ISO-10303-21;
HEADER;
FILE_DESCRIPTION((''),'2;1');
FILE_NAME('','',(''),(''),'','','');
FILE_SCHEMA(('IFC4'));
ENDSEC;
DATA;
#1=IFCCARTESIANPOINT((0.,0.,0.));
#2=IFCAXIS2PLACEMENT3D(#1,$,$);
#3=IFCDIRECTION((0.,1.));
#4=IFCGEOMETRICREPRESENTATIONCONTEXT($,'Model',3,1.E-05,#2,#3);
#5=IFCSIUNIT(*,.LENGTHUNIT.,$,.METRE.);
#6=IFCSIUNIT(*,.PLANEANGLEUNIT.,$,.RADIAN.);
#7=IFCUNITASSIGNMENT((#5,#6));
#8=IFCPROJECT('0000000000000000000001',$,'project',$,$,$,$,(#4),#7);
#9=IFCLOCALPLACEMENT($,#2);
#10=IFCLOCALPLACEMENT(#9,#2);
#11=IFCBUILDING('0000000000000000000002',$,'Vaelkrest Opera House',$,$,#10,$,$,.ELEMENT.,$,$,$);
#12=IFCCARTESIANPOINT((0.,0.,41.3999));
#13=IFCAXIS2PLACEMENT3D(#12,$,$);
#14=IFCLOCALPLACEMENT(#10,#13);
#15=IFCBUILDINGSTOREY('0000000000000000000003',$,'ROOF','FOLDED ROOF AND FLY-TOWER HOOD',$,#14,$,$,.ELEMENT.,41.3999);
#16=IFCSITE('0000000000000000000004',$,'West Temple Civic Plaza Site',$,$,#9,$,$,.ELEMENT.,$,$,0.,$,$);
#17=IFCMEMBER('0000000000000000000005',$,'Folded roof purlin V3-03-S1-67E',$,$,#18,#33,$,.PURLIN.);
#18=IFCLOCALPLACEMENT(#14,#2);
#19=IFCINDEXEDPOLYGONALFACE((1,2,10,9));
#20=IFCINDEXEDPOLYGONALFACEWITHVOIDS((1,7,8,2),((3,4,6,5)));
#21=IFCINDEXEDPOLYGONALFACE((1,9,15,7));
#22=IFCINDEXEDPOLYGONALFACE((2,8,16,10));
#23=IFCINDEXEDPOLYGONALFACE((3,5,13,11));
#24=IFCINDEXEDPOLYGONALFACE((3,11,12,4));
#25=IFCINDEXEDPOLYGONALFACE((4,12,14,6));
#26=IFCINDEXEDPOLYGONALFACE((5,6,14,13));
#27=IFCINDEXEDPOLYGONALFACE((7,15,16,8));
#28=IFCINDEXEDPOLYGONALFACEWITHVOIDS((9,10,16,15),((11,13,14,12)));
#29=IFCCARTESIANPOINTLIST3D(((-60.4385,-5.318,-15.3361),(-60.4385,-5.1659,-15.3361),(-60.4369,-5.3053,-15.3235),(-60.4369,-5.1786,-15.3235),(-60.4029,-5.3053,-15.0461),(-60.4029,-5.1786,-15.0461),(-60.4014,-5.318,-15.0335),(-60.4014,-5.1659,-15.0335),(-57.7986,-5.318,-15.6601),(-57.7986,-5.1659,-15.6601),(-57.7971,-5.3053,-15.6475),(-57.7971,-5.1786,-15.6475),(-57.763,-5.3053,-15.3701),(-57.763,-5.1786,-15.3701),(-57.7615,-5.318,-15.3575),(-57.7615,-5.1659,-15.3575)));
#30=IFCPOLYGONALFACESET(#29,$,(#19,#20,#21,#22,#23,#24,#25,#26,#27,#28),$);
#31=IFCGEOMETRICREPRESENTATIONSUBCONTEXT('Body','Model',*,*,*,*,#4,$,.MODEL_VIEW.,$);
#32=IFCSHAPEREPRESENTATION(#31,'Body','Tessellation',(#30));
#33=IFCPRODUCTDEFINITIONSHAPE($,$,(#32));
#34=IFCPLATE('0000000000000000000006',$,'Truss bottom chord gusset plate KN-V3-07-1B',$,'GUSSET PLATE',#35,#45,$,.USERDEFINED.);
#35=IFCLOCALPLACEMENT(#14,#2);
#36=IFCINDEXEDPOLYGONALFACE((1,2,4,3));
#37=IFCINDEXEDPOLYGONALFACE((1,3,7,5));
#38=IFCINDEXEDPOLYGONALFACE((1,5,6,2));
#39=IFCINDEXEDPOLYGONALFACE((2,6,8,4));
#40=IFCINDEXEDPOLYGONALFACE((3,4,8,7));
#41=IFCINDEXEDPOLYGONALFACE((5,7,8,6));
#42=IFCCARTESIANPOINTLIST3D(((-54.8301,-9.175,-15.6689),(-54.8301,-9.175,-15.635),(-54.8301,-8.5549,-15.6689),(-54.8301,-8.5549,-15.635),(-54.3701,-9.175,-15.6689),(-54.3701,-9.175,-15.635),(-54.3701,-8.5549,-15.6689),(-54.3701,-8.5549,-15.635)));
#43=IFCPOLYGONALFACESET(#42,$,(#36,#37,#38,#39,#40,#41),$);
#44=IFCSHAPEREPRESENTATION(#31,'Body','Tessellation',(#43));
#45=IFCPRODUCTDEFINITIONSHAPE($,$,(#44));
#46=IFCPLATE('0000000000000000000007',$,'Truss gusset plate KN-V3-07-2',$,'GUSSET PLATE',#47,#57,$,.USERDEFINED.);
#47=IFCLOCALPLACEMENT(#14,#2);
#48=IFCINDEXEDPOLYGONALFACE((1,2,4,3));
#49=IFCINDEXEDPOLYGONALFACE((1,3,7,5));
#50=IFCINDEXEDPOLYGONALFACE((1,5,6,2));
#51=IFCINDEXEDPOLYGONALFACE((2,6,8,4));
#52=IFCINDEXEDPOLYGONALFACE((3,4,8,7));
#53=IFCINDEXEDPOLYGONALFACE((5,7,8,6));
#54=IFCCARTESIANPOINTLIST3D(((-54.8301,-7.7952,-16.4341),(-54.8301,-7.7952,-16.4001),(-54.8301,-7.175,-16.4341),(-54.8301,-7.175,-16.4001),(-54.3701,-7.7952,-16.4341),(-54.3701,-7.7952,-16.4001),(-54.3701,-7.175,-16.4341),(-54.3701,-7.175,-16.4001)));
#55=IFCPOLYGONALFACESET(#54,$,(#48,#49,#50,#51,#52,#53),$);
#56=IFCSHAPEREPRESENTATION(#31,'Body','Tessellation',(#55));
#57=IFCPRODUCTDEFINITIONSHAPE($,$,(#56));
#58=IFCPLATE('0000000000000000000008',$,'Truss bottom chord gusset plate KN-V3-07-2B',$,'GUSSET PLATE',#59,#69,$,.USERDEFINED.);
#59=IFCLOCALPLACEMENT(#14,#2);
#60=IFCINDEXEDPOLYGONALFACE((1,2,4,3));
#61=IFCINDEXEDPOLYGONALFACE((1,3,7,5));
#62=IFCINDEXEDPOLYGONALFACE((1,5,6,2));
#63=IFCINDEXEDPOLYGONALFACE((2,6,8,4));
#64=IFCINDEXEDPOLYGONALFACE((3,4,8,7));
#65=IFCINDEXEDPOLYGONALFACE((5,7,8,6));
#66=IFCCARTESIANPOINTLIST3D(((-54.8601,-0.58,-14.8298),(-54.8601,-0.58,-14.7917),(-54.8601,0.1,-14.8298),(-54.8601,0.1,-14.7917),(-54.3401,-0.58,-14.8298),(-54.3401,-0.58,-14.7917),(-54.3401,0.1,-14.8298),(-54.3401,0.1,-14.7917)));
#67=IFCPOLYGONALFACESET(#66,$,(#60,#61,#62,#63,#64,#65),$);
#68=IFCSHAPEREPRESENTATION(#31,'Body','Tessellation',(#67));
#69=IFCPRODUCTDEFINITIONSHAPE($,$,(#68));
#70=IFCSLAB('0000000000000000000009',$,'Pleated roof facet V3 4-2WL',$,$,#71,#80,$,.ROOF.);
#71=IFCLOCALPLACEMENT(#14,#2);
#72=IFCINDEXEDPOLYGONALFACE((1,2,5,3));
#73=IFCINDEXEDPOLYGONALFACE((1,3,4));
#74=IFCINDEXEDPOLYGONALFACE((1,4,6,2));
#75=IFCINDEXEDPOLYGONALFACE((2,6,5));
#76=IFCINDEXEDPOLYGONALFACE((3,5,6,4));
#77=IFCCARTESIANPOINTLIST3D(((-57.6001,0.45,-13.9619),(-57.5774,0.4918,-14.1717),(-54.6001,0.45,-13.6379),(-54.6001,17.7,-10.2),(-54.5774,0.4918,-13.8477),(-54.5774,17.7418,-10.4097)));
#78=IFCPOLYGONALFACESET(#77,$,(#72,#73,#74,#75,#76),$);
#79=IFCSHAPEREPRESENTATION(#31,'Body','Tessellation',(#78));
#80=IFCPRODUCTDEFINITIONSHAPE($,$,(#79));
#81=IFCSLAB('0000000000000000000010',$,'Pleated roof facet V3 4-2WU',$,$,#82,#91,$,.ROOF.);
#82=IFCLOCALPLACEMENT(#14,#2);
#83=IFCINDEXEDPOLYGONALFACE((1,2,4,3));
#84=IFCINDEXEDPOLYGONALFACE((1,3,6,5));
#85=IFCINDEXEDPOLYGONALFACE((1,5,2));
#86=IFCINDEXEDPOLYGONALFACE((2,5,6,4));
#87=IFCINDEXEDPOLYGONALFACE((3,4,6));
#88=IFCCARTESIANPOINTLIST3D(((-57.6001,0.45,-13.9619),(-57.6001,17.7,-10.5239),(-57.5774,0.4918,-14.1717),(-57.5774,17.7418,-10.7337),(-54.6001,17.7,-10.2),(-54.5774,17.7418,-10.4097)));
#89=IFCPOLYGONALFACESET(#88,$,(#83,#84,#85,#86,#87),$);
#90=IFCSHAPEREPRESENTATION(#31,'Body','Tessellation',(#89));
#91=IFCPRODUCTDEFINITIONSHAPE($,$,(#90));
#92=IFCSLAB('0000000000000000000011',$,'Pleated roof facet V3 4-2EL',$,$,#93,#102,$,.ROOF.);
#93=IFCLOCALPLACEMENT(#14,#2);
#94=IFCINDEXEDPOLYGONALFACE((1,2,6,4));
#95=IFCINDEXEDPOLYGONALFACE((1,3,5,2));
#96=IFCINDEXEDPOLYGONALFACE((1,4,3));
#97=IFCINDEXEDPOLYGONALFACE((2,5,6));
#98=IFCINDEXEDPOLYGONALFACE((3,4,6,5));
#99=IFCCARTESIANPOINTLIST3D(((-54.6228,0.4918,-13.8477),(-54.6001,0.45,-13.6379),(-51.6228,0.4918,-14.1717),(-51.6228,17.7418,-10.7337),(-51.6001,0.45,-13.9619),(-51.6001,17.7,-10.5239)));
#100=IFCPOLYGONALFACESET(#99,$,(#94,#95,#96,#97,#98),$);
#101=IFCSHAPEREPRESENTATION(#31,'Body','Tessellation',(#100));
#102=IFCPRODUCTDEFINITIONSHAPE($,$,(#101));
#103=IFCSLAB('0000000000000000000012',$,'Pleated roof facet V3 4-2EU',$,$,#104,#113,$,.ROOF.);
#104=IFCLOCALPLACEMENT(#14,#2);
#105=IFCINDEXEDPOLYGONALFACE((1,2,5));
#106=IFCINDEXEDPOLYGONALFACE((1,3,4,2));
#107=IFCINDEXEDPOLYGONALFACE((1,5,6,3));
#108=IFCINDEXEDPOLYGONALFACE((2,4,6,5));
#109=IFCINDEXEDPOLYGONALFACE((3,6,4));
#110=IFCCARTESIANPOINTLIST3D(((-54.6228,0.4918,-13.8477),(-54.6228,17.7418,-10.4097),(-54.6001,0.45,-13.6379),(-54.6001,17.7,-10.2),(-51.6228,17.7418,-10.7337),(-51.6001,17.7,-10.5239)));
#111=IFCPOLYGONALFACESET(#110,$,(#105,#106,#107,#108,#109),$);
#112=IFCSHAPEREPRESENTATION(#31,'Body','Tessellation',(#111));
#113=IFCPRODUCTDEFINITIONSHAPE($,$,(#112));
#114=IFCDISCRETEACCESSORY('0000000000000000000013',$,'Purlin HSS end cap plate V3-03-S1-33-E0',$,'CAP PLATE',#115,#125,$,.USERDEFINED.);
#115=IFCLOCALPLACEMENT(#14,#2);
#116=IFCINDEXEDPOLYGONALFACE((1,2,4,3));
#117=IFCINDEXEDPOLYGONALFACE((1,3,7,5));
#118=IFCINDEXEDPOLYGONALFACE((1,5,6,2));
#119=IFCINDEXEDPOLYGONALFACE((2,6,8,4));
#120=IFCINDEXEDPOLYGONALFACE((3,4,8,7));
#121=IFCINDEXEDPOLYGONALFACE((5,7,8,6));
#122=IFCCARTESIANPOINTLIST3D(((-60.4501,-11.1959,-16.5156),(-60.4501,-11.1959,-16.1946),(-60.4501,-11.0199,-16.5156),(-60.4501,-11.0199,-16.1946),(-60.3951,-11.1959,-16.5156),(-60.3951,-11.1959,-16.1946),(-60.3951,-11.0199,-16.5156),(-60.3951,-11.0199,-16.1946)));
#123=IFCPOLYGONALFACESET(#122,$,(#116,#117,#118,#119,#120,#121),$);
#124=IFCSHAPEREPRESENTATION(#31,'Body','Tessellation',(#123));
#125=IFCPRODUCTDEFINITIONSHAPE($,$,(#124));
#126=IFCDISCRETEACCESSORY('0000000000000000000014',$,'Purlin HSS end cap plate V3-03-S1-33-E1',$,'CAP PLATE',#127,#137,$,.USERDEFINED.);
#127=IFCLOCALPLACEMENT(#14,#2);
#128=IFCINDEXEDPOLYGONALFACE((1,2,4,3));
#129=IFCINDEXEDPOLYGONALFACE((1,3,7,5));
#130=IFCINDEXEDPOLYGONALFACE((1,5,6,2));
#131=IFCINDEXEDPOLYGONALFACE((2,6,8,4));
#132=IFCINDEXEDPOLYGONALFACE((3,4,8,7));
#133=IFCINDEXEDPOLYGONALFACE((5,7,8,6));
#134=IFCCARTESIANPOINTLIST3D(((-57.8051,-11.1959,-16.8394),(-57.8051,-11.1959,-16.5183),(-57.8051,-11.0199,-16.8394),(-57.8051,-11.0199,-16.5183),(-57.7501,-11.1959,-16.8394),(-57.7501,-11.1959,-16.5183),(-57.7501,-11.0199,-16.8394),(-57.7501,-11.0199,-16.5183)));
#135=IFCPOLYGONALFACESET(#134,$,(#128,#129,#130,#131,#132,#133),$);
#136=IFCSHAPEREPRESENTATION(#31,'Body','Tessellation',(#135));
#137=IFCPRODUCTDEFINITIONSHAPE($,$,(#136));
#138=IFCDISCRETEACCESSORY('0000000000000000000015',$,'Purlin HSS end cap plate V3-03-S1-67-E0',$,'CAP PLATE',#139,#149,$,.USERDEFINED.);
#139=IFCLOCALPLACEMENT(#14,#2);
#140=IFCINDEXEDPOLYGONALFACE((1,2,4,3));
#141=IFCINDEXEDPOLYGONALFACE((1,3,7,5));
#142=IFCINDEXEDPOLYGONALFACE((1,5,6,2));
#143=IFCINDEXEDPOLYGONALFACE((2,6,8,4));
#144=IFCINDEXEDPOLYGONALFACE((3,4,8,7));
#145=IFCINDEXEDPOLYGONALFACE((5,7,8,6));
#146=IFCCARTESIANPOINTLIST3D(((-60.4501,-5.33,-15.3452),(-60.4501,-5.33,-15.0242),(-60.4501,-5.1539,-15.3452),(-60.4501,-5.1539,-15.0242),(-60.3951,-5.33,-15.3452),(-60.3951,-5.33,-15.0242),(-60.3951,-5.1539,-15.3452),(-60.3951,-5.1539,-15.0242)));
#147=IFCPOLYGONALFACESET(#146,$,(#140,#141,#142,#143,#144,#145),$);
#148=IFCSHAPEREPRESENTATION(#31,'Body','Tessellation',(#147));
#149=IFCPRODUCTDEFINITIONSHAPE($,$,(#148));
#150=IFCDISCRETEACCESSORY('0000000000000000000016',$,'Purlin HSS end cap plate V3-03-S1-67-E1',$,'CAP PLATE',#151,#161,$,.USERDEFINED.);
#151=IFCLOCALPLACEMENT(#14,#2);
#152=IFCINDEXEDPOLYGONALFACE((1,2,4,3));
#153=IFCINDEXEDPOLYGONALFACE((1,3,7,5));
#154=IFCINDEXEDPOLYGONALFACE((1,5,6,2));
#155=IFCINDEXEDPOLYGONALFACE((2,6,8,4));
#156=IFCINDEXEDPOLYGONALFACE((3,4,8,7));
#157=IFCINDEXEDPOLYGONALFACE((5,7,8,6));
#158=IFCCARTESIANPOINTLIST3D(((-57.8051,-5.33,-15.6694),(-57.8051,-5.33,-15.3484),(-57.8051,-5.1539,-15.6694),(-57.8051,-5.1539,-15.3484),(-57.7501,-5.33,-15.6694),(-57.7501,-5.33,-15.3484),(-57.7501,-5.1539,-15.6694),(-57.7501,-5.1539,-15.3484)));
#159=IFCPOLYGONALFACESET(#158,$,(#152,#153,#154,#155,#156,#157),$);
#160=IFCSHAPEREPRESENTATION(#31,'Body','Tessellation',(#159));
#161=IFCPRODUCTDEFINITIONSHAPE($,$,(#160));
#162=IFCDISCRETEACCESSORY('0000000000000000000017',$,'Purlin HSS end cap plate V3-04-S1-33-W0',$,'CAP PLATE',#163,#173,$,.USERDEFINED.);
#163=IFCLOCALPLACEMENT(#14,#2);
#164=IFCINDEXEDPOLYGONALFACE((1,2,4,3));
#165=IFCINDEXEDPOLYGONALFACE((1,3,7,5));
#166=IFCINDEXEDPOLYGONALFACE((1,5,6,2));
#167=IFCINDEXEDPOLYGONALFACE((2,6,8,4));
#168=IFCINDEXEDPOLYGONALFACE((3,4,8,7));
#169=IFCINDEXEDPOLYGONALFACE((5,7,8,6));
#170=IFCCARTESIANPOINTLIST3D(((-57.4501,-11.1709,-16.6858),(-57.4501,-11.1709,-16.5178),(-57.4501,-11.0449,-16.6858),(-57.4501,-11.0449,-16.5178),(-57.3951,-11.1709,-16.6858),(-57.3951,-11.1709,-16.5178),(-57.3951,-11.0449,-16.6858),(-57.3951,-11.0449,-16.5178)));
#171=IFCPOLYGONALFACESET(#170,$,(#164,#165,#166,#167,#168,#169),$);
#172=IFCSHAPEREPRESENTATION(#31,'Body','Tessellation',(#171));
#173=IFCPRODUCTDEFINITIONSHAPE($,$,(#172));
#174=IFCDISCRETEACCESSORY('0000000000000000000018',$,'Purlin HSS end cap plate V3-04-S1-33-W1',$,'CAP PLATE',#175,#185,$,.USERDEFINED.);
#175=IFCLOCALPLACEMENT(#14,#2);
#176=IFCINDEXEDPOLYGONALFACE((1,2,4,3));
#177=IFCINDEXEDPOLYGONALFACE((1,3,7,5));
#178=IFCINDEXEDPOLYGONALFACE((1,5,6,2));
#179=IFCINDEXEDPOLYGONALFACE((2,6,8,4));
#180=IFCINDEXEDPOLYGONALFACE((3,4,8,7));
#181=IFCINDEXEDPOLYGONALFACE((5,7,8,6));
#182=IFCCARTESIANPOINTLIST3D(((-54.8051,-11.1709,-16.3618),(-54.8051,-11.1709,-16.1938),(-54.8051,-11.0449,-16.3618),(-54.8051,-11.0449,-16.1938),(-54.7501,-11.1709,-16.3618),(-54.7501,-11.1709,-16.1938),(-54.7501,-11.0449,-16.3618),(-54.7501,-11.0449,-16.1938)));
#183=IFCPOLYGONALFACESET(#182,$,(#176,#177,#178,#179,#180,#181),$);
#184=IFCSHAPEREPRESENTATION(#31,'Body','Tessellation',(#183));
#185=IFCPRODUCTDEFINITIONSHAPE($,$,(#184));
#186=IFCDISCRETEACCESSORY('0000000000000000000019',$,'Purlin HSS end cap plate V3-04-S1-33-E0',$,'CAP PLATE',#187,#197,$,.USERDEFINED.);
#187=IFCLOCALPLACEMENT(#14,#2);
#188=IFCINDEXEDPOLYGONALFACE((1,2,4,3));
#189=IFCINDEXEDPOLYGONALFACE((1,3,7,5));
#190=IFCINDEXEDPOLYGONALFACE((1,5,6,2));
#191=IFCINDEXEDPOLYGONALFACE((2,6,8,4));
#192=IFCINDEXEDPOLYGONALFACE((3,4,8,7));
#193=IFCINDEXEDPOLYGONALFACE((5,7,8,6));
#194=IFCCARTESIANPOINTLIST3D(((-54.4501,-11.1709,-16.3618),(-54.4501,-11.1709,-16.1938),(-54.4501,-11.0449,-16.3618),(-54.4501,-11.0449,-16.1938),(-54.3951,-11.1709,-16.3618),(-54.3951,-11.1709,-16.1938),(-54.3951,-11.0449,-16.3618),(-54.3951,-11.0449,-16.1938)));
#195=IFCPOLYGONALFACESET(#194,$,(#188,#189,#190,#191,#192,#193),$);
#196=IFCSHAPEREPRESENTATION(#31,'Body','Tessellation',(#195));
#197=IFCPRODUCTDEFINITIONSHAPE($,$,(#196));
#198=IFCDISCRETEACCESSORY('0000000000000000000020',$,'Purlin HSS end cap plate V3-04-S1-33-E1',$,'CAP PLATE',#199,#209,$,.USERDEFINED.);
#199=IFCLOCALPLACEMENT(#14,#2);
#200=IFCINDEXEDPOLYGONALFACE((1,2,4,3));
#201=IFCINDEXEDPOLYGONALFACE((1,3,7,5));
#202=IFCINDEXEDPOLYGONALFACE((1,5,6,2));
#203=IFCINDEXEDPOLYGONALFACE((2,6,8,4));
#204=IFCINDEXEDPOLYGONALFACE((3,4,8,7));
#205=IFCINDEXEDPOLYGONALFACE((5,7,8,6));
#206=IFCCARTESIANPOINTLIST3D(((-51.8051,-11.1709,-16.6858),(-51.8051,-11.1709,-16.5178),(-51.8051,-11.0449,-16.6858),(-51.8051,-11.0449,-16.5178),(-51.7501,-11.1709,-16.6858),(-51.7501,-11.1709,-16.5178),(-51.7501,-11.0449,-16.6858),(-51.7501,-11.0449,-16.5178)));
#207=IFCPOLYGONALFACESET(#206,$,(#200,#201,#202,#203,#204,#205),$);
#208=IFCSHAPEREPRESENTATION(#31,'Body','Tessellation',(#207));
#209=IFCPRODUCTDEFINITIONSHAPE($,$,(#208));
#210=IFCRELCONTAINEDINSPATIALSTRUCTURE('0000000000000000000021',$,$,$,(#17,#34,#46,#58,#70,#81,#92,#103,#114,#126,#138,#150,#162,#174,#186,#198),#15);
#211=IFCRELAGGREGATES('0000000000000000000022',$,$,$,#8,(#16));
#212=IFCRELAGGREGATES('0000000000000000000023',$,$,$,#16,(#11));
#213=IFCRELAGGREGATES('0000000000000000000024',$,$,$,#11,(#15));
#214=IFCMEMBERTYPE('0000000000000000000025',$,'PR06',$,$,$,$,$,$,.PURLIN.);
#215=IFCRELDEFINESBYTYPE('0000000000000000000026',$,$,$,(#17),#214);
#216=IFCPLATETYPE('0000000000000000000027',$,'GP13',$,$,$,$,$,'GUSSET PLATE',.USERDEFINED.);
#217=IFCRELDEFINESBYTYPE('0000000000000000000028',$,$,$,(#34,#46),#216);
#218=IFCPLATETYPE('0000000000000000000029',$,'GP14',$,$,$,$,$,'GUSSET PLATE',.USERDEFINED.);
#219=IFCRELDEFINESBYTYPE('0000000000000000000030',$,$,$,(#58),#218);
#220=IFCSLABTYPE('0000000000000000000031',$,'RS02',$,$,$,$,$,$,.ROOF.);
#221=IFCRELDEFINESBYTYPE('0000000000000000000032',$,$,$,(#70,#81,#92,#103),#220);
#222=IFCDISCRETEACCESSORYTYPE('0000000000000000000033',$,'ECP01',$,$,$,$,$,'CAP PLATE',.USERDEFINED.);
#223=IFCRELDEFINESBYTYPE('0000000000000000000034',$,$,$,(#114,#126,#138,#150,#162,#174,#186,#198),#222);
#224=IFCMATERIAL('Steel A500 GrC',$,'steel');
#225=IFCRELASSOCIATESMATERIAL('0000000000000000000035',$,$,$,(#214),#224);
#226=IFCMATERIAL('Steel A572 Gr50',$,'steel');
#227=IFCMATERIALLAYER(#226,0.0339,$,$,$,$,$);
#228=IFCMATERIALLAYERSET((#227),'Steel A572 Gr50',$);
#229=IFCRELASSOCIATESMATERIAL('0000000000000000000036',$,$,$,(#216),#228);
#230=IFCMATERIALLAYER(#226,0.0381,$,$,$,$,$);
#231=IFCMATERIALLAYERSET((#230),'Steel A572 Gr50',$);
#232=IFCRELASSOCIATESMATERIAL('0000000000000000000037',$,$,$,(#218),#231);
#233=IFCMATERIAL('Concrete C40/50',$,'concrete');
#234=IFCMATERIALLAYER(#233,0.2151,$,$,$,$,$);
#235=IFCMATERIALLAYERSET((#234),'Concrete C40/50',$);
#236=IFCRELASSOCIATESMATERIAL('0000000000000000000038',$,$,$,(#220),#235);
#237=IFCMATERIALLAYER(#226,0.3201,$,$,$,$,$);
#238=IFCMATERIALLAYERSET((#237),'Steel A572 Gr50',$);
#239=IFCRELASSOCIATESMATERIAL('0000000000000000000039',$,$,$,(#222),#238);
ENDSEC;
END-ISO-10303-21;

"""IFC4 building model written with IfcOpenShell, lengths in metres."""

from ifc_helpers import new_model, si_unit, direction, frame, origin, origin_2d, place, context, subcontext, project, spatial, polyline, rectangle, hollow_rectangle, outline, extrude, material, layer, layer_set, material_profile, profile_set, type_object, element, save


model = new_model("IFC4")

# Units and contexts
model_context = context("Model", 3, precision=1e-05, world=origin(), true_north=direction((0.0, 1.0)))
body_context = subcontext(model_context, "Body", "Model", "MODEL_VIEW")
ifc_project = project(units=[si_unit("LENGTHUNIT", "METRE"), si_unit("PLANEANGLEUNIT", "RADIAN")], contexts=[model_context])

# Site, building, storey
site_placement = place(None, origin())
site = spatial("IfcSite", under=ifc_project, at=site_placement, Name="West Temple Civic Plaza Site", CompositionType="ELEMENT", RefElevation=0.0)
building_placement = place(site_placement, origin())
building = spatial("IfcBuilding", under=site, at=building_placement, Name="Vaelkrest Opera House", CompositionType="ELEMENT")
storey_placement = place(building_placement, frame((0.0, 0.0, 41.3999)))
storey = spatial("IfcBuildingStorey", under=building, at=storey_placement, Name="ROOF", Description="FOLDED ROOF AND FLY-TOWER HOOD", CompositionType="ELEMENT", Elevation=41.3999)

# Member
ifc_material_1 = material(Name="Steel A500 GrC", Category="steel")
ifc_material_profile_1 = material_profile(ifc_material_1, hollow_rectangle(XDim=0.1521, YDim=0.3049, WallThickness=0.0127, at=origin_2d()), Name="HSS305X152X12.7")
ifc_profile_set_1 = profile_set([ifc_material_profile_1], Name="Steel A500 GrC")
member_type_1 = type_object("IfcMemberType", Name="PR06", PredefinedType="PURLIN", material=ifc_profile_set_1)
for number, where, z_axis, x_axis, name in (
    (1, (-60.4199, -5.2419, -15.1848), (0.992554, 0.0, -0.121809), (0.0, 1.0, 0.0), "Folded roof purlin V3-03-S1-67E"),
):
    element("IfcMember", number, at=place(storey_placement, frame(where, z_axis=z_axis, x_axis=x_axis)), inside=storey, type_object=member_type_1, Name=name, PredefinedType="PURLIN", context=body_context, shape_type="SweptSolid", body=[
        extrude(hollow_rectangle(XDim=0.1521, YDim=0.3049, WallThickness=0.0127, at=origin_2d()), origin(), (0.0, 0.0, 1.0), 2.6597),
    ])

# Plates
ifc_material_2 = material(Name="Steel A572 Gr50", Category="steel")
ifc_layer_1 = layer(ifc_material_2, 0.0339)
ifc_layer_set_1 = layer_set([ifc_layer_1], Name="Steel A572 Gr50")
plate_type_1 = type_object("IfcPlateType", Name="GP13", ElementType="GUSSET PLATE", PredefinedType="USERDEFINED", material=ifc_layer_set_1)
for number, where, z_axis, x_axis, name in (
    (2, (-54.6001, -8.865, -15.6689), (0.0, 0.0, 1.0), (0.0, 1.0, 0.0), "Truss bottom chord gusset plate KN-V3-07-1B"),
    (3, (-54.6001, -7.4851, -16.4341), (0.0, 0.0, 1.0), (0.0, 1.0, 0.0), "Truss gusset plate KN-V3-07-2"),
):
    element("IfcPlate", number, at=place(storey_placement, frame(where, z_axis=z_axis, x_axis=x_axis)), inside=storey, type_object=plate_type_1, Name=name, ObjectType="GUSSET PLATE", PredefinedType="USERDEFINED", context=body_context, shape_type="SweptSolid", body=[
        extrude(rectangle(XDim=0.6201, YDim=0.46, at=origin_2d()), origin(), (0.0, 0.0, 1.0), 0.0339),
    ])
ifc_layer_2 = layer(ifc_material_2, 0.0381)
ifc_layer_set_2 = layer_set([ifc_layer_2], Name="Steel A572 Gr50")
plate_type_2 = type_object("IfcPlateType", Name="GP14", ElementType="GUSSET PLATE", PredefinedType="USERDEFINED", material=ifc_layer_set_2)
plate_placement = place(storey_placement, frame((-54.6001, -0.24, -14.8298), z_axis=(0.0, 0.0, 1.0), x_axis=(0.0, 1.0, 0.0)))
element("IfcPlate", 4, at=plate_placement, inside=storey, type_object=plate_type_2, Name="Truss bottom chord gusset plate KN-V3-07-2B", ObjectType="GUSSET PLATE", PredefinedType="USERDEFINED", context=body_context, shape_type="SweptSolid", body=[
    extrude(rectangle(XDim=0.6799, YDim=0.52, at=origin_2d()), origin(), (0.0, 0.0, 1.0), 0.0381),
])

# Slabs
ifc_material_3 = material(Name="Concrete C40/50", Category="concrete")
ifc_layer_3 = layer(ifc_material_3, 0.2151)
ifc_layer_set_3 = layer_set([ifc_layer_3], Name="Concrete C40/50")
slab_type = type_object("IfcSlabType", Name="RS02", PredefinedType="ROOF", material=ifc_layer_set_3)
slab_1_placement = place(storey_placement, frame((-57.6001, 0.45, -13.9619), z_axis=(-0.10532, -0.194372, 0.975257), x_axis=(0.994219, 0.0, 0.107367)))
element("IfcSlab", 5, at=slab_1_placement, inside=storey, type_object=slab_type, Name="Pleated roof facet V3 4-2WL", PredefinedType="ROOF", context=body_context, shape_type="SweptSolid", body=[
    extrude(outline(polyline([(0.0, 0.0), (3.0174, 0.0), (3.3866, 17.5854), (0.0, 0.0)])), origin(), (0.0, 0.0, -1.0), 0.2151),
])
slab_2_placement = place(storey_placement, frame((-57.6001, 0.45, -13.9619), z_axis=(-0.10532, -0.194372, 0.975257), x_axis=(0.167518, 0.963229, 0.210066)))
element("IfcSlab", 6, at=slab_2_placement, inside=storey, type_object=slab_type, Name="Pleated roof facet V3 4-2WU", PredefinedType="ROOF", context=body_context, shape_type="SweptSolid", body=[
    extrude(outline(polyline([(0.0, 0.0), (17.9085, 0.0), (17.3379, 2.963), (0.0, 0.0)])), origin(), (0.0, 0.0, -1.0), 0.2151),
])
slab_3_placement = place(storey_placement, frame((-54.6001, 0.45, -13.6379), z_axis=(0.10532, -0.194372, 0.975257), x_axis=(0.994219, 0.0, -0.107367)))
element("IfcSlab", 7, at=slab_3_placement, inside=storey, type_object=slab_type, Name="Pleated roof facet V3 4-2EL", PredefinedType="ROOF", context=body_context, shape_type="SweptSolid", body=[
    extrude(outline(polyline([(0.0, 0.0), (3.0174, 0.0), (2.6483, 17.5854), (0.0, 0.0)])), origin(), (0.0, 0.0, -1.0), 0.2151),
])
slab_4_placement = place(storey_placement, frame((-54.6001, 0.45, -13.6379), z_axis=(0.10532, -0.194372, 0.975257), x_axis=(0.168694, 0.96999, 0.175105)))
element("IfcSlab", 8, at=slab_4_placement, inside=storey, type_object=slab_type, Name="Pleated roof facet V3 4-2EU", PredefinedType="ROOF", context=body_context, shape_type="SweptSolid", body=[
    extrude(outline(polyline([(0.0, 0.0), (17.7837, 0.0), (17.3343, 2.9838), (0.0, 0.0)])), origin(), (0.0, 0.0, -1.0), 0.2151),
])

# Discrete accessories
ifc_layer_4 = layer(ifc_material_2, 0.3201)
ifc_layer_set_4 = layer_set([ifc_layer_4], Name="Steel A572 Gr50")
discrete_accessory_type = type_object("IfcDiscreteAccessoryType", Name="ECP01", ElementType="CAP PLATE", PredefinedType="USERDEFINED", material=ifc_layer_set_4)
for number, where, z_axis, x_axis, name in (
    (9, (-60.4226, -11.1079, -16.5156), (0.0, 0.0, 1.0), (1.0, 0.0, 0.0), "Purlin HSS end cap plate V3-03-S1-33-E0"),
    (10, (-57.7776, -11.1079, -16.8394), (0.0, 0.0, 1.0), (1.0, 0.0, 0.0), "Purlin HSS end cap plate V3-03-S1-33-E1"),
    (11, (-60.4226, -5.2419, -15.3452), (0.0, 0.0, 1.0), (1.0, 0.0, 0.0), "Purlin HSS end cap plate V3-03-S1-67-E0"),
    (12, (-57.7776, -5.2419, -15.6694), (0.0, 0.0, 1.0), (1.0, 0.0, 0.0), "Purlin HSS end cap plate V3-03-S1-67-E1"),
):
    element("IfcDiscreteAccessory", number, at=place(storey_placement, frame(where, z_axis=z_axis, x_axis=x_axis)), inside=storey, type_object=discrete_accessory_type, Name=name, ObjectType="CAP PLATE", PredefinedType="USERDEFINED", context=body_context, shape_type="SweptSolid", body=[
        extrude(rectangle(XDim=0.0549, YDim=0.176, at=origin_2d()), origin(), (0.0, 0.0, 1.0), 0.321),
    ])
for number, where, z_axis, x_axis, name in (
    (13, (-57.4226, -11.1079, -16.6858), (0.0, 0.0, 1.0), (1.0, 0.0, 0.0), "Purlin HSS end cap plate V3-04-S1-33-W0"),
    (14, (-54.7776, -11.1079, -16.3618), (0.0, 0.0, 1.0), (1.0, 0.0, 0.0), "Purlin HSS end cap plate V3-04-S1-33-W1"),
    (15, (-54.4226, -11.1079, -16.3618), (0.0, 0.0, 1.0), (1.0, 0.0, 0.0), "Purlin HSS end cap plate V3-04-S1-33-E0"),
    (16, (-51.7776, -11.1079, -16.6858), (0.0, 0.0, 1.0), (1.0, 0.0, 0.0), "Purlin HSS end cap plate V3-04-S1-33-E1"),
):
    element("IfcDiscreteAccessory", number, at=place(storey_placement, frame(where, z_axis=z_axis, x_axis=x_axis)), inside=storey, type_object=discrete_accessory_type, Name=name, ObjectType="CAP PLATE", PredefinedType="USERDEFINED", context=body_context, shape_type="SweptSolid", body=[
        extrude(rectangle(XDim=0.0549, YDim=0.126, at=origin_2d()), origin(), (0.0, 0.0, 1.0), 0.168),
    ])

save(model, "model.ifc")
